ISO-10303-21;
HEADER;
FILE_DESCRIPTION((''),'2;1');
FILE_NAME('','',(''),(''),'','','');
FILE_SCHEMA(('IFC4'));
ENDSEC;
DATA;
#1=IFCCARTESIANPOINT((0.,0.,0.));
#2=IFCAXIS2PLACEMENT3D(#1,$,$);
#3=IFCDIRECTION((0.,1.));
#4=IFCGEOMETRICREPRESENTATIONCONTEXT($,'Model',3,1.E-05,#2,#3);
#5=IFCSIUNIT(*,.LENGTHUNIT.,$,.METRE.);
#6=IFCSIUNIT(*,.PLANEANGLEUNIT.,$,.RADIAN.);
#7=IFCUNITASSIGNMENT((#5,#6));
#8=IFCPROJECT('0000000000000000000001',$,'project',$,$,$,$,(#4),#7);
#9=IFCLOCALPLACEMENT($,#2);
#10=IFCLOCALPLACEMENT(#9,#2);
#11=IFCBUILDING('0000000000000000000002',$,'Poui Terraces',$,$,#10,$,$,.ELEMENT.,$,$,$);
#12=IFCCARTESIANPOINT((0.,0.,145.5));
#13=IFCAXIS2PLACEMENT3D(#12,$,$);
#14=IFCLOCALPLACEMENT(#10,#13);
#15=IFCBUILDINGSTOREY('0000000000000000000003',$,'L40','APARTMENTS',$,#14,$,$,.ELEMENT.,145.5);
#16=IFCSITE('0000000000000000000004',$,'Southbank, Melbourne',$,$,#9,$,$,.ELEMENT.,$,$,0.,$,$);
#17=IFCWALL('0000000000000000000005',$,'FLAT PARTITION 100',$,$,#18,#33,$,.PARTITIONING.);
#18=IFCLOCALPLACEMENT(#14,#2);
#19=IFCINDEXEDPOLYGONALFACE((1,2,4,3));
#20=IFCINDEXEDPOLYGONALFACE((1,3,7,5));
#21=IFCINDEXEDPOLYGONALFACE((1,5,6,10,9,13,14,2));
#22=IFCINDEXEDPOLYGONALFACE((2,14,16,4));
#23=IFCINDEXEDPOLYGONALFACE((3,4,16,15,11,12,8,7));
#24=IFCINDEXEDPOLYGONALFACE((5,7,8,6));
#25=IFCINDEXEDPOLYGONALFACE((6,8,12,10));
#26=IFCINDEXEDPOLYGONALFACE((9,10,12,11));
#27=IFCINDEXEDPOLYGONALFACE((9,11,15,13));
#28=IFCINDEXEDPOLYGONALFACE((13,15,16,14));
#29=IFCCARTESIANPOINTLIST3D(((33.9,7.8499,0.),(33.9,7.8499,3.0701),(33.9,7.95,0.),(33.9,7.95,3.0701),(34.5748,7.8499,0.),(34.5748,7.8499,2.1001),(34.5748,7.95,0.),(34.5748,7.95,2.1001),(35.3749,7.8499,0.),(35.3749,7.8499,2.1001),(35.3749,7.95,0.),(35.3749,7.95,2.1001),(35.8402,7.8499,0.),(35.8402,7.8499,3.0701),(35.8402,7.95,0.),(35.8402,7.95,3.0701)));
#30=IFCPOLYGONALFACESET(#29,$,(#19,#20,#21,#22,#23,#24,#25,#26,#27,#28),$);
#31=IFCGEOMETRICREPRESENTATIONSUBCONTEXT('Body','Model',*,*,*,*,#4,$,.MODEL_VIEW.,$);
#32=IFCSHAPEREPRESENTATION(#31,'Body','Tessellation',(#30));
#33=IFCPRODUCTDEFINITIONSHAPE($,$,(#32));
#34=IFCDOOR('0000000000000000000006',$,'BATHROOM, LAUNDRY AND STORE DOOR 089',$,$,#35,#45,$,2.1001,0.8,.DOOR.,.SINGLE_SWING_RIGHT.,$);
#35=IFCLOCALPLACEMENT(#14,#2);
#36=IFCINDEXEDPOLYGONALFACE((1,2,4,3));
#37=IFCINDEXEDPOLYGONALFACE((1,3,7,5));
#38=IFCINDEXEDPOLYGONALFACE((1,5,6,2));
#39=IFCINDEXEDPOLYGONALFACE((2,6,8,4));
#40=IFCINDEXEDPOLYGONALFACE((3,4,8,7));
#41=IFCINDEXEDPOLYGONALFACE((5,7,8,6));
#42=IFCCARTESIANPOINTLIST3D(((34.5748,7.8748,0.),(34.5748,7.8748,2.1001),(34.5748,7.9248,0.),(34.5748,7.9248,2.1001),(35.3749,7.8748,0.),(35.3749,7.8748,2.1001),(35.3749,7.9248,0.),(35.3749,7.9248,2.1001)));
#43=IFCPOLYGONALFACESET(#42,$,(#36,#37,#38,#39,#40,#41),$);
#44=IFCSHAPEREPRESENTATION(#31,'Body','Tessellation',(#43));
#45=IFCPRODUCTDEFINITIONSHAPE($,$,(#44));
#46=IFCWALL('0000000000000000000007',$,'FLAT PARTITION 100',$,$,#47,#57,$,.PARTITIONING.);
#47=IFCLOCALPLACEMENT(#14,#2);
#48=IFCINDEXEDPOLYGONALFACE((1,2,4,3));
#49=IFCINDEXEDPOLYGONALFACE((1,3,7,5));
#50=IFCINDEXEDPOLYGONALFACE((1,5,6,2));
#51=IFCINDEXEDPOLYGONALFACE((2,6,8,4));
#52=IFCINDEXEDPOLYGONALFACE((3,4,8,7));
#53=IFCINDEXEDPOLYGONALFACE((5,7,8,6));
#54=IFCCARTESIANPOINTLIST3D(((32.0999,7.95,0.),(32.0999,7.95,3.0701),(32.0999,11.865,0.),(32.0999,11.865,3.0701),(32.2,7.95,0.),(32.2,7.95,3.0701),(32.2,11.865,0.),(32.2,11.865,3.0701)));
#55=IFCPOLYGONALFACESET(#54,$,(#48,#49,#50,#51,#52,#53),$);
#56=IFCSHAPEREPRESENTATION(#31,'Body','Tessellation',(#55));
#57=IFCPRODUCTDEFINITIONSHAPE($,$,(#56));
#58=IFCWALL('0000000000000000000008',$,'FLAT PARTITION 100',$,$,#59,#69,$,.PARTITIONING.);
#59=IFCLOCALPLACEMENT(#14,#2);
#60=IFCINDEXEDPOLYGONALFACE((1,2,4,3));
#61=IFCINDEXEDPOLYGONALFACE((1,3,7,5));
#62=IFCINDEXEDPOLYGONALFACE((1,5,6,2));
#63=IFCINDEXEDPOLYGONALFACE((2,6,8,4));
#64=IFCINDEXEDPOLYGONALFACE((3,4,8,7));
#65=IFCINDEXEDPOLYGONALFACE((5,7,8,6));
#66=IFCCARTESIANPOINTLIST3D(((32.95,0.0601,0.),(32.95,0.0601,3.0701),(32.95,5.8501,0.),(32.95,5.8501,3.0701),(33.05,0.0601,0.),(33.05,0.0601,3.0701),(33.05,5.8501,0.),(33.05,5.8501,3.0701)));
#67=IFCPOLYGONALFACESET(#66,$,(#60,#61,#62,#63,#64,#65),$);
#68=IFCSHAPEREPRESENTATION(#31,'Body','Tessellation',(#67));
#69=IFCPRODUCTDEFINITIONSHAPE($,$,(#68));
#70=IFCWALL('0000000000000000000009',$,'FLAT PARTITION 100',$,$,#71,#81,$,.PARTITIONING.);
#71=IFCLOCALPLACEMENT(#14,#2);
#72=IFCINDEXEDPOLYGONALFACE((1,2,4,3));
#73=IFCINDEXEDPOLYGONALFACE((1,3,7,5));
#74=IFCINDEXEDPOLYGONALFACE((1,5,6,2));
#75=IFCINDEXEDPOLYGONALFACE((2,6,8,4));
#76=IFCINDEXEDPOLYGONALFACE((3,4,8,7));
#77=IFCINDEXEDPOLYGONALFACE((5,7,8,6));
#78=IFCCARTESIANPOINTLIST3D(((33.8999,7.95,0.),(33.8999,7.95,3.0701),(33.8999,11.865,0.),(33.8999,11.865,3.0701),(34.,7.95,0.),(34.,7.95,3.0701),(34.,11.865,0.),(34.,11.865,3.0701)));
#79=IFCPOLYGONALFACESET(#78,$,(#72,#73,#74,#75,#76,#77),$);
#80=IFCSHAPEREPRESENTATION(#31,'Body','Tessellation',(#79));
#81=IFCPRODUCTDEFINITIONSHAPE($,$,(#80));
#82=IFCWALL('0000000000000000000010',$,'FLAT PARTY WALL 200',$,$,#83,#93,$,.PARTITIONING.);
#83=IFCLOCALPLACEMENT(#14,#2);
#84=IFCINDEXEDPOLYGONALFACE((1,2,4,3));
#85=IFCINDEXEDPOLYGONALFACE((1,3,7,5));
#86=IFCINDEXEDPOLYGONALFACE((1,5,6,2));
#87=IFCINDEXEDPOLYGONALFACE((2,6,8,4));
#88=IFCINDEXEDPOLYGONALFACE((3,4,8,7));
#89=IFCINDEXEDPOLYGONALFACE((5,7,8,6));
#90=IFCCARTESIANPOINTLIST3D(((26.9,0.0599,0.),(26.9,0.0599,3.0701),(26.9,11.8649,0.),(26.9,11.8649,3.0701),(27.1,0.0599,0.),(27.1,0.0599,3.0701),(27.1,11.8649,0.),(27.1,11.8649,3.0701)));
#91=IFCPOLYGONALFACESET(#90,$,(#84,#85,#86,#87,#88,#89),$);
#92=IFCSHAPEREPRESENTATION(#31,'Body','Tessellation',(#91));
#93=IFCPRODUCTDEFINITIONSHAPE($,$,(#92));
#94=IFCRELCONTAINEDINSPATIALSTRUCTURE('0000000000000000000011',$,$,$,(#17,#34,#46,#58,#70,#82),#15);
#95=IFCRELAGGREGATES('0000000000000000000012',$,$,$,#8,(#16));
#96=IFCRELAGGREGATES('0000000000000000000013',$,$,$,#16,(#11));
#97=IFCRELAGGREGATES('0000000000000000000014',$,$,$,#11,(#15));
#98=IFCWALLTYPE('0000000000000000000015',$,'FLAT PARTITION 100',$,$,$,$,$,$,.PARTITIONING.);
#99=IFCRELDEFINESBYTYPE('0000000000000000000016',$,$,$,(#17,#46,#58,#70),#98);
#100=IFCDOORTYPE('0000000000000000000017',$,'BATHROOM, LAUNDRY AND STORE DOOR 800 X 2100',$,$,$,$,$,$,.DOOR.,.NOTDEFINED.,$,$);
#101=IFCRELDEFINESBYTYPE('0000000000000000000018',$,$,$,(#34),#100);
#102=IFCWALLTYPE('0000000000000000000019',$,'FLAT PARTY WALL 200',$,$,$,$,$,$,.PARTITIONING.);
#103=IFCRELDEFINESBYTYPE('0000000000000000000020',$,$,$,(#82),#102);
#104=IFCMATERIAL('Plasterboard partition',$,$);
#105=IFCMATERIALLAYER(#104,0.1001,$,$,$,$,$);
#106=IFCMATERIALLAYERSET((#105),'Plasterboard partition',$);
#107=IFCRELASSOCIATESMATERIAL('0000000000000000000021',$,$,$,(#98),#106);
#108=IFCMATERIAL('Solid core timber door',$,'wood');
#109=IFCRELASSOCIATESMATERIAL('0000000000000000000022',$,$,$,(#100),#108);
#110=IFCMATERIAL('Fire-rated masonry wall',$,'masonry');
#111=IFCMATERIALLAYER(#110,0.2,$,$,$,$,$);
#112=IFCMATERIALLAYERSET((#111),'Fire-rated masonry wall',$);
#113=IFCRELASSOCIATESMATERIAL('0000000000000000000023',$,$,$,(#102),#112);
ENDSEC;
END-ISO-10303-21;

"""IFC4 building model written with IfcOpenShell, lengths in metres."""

from ifc_helpers import new_model, si_unit, direction, frame, frame_2d, origin, place, context, subcontext, project, spatial, rectangle, extrude, material, layer, layer_set, type_object, element, fill, save


model = new_model("IFC4")

# Units and contexts
model_context = context("Model", 3, precision=1e-05, world=origin(), true_north=direction((0.0, 1.0)))
body_context = subcontext(model_context, "Body", "Model", "MODEL_VIEW")
ifc_project = project(units=[si_unit("LENGTHUNIT", "METRE"), si_unit("PLANEANGLEUNIT", "RADIAN")], contexts=[model_context])

# Site, building, storey
site_placement = place(None, origin())
site = spatial("IfcSite", under=ifc_project, at=site_placement, Name="Southbank, Melbourne", CompositionType="ELEMENT", RefElevation=0.0)
building_placement = place(site_placement, origin())
building = spatial("IfcBuilding", under=site, at=building_placement, Name="Poui Terraces", CompositionType="ELEMENT")
storey_placement = place(building_placement, frame((0.0, 0.0, 145.5)))
storey = spatial("IfcBuildingStorey", under=building, at=storey_placement, Name="L40", Description="APARTMENTS", CompositionType="ELEMENT", Elevation=145.5)

# Wall, opening, door
ifc_material_1 = material(Name="Solid core timber door", Category="wood")
ifc_material_2 = material(Name="Plasterboard partition")
ifc_layer_1 = layer(ifc_material_2, 0.1001)
ifc_layer_set_1 = layer_set([ifc_layer_1], Name="Plasterboard partition")
wall_type_1 = type_object("IfcWallType", Name="FLAT PARTITION 100", PredefinedType="PARTITIONING", material=ifc_layer_set_1)
door_type_1 = type_object("IfcDoorType", Name="BATHROOM, LAUNDRY AND STORE DOOR 800 X 2100", OperationType="NOTDEFINED", PredefinedType="DOOR", material=ifc_material_1)
wall_1_placement = place(storey_placement, frame((33.8999, 7.8999, 0.0), z_axis=(0.0, 0.0, 1.0), x_axis=(1.0, 0.0, 0.0)))
wall_1 = element("IfcWall", 1, at=wall_1_placement, inside=storey, type_object=wall_type_1, Name="FLAT PARTITION 100", PredefinedType="PARTITIONING", context=body_context, shape_type="SweptSolid", body=[
    extrude(rectangle(XDim=1.9402, YDim=0.1001, at=frame_2d((0.9702, 0.0))), origin(), (0.0, 0.0, 1.0), 3.0701),
])
opening_1_placement = place(wall_1_placement, frame((0.675, 0.0, 0.0)))
opening_1 = element("IfcOpeningElement", 2, at=opening_1_placement, cuts=wall_1, PredefinedType="OPENING", context=body_context, shape_type="SweptSolid", body=[
    extrude(rectangle(XDim=0.8, YDim=2.1001, at=frame_2d((0.3999, 1.05))), frame((0.0, 0.0601, 0.0), z_axis=(0.0, -1.0, 0.0), x_axis=(1.0, 0.0, 0.0)), (0.0, 0.0, 1.0), 0.1201),
])
door_1_placement = place(opening_1_placement, origin())
door_1 = element("IfcDoor", 3, at=door_1_placement, inside=storey, type_object=door_type_1, Name="BATHROOM, LAUNDRY AND STORE DOOR 089", OperationType="SINGLE_SWING_RIGHT", OverallHeight=2.1001, OverallWidth=0.8, PredefinedType="DOOR", context=body_context, shape_type="SweptSolid", body=[
    extrude(rectangle(XDim=0.8, YDim=2.1001, at=frame_2d((0.3999, 1.05))), frame((0.0, 0.0249, 0.0), z_axis=(0.0, -1.0, 0.0), x_axis=(1.0, 0.0, 0.0)), (0.0, 0.0, 1.0), 0.05),
])
fill(opening_1, door_1)

# Walls
wall_2_placement = place(storey_placement, frame((32.1499, 7.95, 0.0), z_axis=(0.0, 0.0, 1.0), x_axis=(0.0, 1.0, 0.0)))
element("IfcWall", 4, at=wall_2_placement, inside=storey, type_object=wall_type_1, Name="FLAT PARTITION 100", PredefinedType="PARTITIONING", context=body_context, shape_type="SweptSolid", body=[
    extrude(rectangle(XDim=3.915, YDim=0.1001, at=frame_2d((1.9575, 0.0))), origin(), (0.0, 0.0, 1.0), 3.0701),
])
wall_3_placement = place(storey_placement, frame((33.0, 0.0601, 0.0), z_axis=(0.0, 0.0, 1.0), x_axis=(0.0, 1.0, 0.0)))
element("IfcWall", 5, at=wall_3_placement, inside=storey, type_object=wall_type_1, Name="FLAT PARTITION 100", PredefinedType="PARTITIONING", context=body_context, shape_type="SweptSolid", body=[
    extrude(rectangle(XDim=5.79, YDim=0.1001, at=frame_2d((2.895, 0.0))), origin(), (0.0, 0.0, 1.0), 3.0701),
])
wall_4_placement = place(storey_placement, frame((33.95, 7.95, 0.0), z_axis=(0.0, 0.0, 1.0), x_axis=(0.0, 1.0, 0.0)))
element("IfcWall", 6, at=wall_4_placement, inside=storey, type_object=wall_type_1, Name="FLAT PARTITION 100", PredefinedType="PARTITIONING", context=body_context, shape_type="SweptSolid", body=[
    extrude(rectangle(XDim=3.915, YDim=0.1001, at=frame_2d((1.9575, 0.0))), origin(), (0.0, 0.0, 1.0), 3.0701),
])
ifc_material_3 = material(Name="Fire-rated masonry wall", Category="masonry")
ifc_layer_2 = layer(ifc_material_3, 0.2)
ifc_layer_set_2 = layer_set([ifc_layer_2], Name="Fire-rated masonry wall")
wall_type_2 = type_object("IfcWallType", Name="FLAT PARTY WALL 200", PredefinedType="PARTITIONING", material=ifc_layer_set_2)
wall_5_placement = place(storey_placement, frame((27.0, 0.0601, 0.0), z_axis=(0.0, 0.0, 1.0), x_axis=(0.0, 1.0, 0.0)))
element("IfcWall", 7, at=wall_5_placement, inside=storey, type_object=wall_type_2, Name="FLAT PARTY WALL 200", PredefinedType="PARTITIONING", context=body_context, shape_type="SweptSolid", body=[
    extrude(rectangle(XDim=11.8049, YDim=0.2, at=frame_2d((5.9023, 0.0))), origin(), (0.0, 0.0, 1.0), 3.0701),
])

save(model, "model.ifc")
